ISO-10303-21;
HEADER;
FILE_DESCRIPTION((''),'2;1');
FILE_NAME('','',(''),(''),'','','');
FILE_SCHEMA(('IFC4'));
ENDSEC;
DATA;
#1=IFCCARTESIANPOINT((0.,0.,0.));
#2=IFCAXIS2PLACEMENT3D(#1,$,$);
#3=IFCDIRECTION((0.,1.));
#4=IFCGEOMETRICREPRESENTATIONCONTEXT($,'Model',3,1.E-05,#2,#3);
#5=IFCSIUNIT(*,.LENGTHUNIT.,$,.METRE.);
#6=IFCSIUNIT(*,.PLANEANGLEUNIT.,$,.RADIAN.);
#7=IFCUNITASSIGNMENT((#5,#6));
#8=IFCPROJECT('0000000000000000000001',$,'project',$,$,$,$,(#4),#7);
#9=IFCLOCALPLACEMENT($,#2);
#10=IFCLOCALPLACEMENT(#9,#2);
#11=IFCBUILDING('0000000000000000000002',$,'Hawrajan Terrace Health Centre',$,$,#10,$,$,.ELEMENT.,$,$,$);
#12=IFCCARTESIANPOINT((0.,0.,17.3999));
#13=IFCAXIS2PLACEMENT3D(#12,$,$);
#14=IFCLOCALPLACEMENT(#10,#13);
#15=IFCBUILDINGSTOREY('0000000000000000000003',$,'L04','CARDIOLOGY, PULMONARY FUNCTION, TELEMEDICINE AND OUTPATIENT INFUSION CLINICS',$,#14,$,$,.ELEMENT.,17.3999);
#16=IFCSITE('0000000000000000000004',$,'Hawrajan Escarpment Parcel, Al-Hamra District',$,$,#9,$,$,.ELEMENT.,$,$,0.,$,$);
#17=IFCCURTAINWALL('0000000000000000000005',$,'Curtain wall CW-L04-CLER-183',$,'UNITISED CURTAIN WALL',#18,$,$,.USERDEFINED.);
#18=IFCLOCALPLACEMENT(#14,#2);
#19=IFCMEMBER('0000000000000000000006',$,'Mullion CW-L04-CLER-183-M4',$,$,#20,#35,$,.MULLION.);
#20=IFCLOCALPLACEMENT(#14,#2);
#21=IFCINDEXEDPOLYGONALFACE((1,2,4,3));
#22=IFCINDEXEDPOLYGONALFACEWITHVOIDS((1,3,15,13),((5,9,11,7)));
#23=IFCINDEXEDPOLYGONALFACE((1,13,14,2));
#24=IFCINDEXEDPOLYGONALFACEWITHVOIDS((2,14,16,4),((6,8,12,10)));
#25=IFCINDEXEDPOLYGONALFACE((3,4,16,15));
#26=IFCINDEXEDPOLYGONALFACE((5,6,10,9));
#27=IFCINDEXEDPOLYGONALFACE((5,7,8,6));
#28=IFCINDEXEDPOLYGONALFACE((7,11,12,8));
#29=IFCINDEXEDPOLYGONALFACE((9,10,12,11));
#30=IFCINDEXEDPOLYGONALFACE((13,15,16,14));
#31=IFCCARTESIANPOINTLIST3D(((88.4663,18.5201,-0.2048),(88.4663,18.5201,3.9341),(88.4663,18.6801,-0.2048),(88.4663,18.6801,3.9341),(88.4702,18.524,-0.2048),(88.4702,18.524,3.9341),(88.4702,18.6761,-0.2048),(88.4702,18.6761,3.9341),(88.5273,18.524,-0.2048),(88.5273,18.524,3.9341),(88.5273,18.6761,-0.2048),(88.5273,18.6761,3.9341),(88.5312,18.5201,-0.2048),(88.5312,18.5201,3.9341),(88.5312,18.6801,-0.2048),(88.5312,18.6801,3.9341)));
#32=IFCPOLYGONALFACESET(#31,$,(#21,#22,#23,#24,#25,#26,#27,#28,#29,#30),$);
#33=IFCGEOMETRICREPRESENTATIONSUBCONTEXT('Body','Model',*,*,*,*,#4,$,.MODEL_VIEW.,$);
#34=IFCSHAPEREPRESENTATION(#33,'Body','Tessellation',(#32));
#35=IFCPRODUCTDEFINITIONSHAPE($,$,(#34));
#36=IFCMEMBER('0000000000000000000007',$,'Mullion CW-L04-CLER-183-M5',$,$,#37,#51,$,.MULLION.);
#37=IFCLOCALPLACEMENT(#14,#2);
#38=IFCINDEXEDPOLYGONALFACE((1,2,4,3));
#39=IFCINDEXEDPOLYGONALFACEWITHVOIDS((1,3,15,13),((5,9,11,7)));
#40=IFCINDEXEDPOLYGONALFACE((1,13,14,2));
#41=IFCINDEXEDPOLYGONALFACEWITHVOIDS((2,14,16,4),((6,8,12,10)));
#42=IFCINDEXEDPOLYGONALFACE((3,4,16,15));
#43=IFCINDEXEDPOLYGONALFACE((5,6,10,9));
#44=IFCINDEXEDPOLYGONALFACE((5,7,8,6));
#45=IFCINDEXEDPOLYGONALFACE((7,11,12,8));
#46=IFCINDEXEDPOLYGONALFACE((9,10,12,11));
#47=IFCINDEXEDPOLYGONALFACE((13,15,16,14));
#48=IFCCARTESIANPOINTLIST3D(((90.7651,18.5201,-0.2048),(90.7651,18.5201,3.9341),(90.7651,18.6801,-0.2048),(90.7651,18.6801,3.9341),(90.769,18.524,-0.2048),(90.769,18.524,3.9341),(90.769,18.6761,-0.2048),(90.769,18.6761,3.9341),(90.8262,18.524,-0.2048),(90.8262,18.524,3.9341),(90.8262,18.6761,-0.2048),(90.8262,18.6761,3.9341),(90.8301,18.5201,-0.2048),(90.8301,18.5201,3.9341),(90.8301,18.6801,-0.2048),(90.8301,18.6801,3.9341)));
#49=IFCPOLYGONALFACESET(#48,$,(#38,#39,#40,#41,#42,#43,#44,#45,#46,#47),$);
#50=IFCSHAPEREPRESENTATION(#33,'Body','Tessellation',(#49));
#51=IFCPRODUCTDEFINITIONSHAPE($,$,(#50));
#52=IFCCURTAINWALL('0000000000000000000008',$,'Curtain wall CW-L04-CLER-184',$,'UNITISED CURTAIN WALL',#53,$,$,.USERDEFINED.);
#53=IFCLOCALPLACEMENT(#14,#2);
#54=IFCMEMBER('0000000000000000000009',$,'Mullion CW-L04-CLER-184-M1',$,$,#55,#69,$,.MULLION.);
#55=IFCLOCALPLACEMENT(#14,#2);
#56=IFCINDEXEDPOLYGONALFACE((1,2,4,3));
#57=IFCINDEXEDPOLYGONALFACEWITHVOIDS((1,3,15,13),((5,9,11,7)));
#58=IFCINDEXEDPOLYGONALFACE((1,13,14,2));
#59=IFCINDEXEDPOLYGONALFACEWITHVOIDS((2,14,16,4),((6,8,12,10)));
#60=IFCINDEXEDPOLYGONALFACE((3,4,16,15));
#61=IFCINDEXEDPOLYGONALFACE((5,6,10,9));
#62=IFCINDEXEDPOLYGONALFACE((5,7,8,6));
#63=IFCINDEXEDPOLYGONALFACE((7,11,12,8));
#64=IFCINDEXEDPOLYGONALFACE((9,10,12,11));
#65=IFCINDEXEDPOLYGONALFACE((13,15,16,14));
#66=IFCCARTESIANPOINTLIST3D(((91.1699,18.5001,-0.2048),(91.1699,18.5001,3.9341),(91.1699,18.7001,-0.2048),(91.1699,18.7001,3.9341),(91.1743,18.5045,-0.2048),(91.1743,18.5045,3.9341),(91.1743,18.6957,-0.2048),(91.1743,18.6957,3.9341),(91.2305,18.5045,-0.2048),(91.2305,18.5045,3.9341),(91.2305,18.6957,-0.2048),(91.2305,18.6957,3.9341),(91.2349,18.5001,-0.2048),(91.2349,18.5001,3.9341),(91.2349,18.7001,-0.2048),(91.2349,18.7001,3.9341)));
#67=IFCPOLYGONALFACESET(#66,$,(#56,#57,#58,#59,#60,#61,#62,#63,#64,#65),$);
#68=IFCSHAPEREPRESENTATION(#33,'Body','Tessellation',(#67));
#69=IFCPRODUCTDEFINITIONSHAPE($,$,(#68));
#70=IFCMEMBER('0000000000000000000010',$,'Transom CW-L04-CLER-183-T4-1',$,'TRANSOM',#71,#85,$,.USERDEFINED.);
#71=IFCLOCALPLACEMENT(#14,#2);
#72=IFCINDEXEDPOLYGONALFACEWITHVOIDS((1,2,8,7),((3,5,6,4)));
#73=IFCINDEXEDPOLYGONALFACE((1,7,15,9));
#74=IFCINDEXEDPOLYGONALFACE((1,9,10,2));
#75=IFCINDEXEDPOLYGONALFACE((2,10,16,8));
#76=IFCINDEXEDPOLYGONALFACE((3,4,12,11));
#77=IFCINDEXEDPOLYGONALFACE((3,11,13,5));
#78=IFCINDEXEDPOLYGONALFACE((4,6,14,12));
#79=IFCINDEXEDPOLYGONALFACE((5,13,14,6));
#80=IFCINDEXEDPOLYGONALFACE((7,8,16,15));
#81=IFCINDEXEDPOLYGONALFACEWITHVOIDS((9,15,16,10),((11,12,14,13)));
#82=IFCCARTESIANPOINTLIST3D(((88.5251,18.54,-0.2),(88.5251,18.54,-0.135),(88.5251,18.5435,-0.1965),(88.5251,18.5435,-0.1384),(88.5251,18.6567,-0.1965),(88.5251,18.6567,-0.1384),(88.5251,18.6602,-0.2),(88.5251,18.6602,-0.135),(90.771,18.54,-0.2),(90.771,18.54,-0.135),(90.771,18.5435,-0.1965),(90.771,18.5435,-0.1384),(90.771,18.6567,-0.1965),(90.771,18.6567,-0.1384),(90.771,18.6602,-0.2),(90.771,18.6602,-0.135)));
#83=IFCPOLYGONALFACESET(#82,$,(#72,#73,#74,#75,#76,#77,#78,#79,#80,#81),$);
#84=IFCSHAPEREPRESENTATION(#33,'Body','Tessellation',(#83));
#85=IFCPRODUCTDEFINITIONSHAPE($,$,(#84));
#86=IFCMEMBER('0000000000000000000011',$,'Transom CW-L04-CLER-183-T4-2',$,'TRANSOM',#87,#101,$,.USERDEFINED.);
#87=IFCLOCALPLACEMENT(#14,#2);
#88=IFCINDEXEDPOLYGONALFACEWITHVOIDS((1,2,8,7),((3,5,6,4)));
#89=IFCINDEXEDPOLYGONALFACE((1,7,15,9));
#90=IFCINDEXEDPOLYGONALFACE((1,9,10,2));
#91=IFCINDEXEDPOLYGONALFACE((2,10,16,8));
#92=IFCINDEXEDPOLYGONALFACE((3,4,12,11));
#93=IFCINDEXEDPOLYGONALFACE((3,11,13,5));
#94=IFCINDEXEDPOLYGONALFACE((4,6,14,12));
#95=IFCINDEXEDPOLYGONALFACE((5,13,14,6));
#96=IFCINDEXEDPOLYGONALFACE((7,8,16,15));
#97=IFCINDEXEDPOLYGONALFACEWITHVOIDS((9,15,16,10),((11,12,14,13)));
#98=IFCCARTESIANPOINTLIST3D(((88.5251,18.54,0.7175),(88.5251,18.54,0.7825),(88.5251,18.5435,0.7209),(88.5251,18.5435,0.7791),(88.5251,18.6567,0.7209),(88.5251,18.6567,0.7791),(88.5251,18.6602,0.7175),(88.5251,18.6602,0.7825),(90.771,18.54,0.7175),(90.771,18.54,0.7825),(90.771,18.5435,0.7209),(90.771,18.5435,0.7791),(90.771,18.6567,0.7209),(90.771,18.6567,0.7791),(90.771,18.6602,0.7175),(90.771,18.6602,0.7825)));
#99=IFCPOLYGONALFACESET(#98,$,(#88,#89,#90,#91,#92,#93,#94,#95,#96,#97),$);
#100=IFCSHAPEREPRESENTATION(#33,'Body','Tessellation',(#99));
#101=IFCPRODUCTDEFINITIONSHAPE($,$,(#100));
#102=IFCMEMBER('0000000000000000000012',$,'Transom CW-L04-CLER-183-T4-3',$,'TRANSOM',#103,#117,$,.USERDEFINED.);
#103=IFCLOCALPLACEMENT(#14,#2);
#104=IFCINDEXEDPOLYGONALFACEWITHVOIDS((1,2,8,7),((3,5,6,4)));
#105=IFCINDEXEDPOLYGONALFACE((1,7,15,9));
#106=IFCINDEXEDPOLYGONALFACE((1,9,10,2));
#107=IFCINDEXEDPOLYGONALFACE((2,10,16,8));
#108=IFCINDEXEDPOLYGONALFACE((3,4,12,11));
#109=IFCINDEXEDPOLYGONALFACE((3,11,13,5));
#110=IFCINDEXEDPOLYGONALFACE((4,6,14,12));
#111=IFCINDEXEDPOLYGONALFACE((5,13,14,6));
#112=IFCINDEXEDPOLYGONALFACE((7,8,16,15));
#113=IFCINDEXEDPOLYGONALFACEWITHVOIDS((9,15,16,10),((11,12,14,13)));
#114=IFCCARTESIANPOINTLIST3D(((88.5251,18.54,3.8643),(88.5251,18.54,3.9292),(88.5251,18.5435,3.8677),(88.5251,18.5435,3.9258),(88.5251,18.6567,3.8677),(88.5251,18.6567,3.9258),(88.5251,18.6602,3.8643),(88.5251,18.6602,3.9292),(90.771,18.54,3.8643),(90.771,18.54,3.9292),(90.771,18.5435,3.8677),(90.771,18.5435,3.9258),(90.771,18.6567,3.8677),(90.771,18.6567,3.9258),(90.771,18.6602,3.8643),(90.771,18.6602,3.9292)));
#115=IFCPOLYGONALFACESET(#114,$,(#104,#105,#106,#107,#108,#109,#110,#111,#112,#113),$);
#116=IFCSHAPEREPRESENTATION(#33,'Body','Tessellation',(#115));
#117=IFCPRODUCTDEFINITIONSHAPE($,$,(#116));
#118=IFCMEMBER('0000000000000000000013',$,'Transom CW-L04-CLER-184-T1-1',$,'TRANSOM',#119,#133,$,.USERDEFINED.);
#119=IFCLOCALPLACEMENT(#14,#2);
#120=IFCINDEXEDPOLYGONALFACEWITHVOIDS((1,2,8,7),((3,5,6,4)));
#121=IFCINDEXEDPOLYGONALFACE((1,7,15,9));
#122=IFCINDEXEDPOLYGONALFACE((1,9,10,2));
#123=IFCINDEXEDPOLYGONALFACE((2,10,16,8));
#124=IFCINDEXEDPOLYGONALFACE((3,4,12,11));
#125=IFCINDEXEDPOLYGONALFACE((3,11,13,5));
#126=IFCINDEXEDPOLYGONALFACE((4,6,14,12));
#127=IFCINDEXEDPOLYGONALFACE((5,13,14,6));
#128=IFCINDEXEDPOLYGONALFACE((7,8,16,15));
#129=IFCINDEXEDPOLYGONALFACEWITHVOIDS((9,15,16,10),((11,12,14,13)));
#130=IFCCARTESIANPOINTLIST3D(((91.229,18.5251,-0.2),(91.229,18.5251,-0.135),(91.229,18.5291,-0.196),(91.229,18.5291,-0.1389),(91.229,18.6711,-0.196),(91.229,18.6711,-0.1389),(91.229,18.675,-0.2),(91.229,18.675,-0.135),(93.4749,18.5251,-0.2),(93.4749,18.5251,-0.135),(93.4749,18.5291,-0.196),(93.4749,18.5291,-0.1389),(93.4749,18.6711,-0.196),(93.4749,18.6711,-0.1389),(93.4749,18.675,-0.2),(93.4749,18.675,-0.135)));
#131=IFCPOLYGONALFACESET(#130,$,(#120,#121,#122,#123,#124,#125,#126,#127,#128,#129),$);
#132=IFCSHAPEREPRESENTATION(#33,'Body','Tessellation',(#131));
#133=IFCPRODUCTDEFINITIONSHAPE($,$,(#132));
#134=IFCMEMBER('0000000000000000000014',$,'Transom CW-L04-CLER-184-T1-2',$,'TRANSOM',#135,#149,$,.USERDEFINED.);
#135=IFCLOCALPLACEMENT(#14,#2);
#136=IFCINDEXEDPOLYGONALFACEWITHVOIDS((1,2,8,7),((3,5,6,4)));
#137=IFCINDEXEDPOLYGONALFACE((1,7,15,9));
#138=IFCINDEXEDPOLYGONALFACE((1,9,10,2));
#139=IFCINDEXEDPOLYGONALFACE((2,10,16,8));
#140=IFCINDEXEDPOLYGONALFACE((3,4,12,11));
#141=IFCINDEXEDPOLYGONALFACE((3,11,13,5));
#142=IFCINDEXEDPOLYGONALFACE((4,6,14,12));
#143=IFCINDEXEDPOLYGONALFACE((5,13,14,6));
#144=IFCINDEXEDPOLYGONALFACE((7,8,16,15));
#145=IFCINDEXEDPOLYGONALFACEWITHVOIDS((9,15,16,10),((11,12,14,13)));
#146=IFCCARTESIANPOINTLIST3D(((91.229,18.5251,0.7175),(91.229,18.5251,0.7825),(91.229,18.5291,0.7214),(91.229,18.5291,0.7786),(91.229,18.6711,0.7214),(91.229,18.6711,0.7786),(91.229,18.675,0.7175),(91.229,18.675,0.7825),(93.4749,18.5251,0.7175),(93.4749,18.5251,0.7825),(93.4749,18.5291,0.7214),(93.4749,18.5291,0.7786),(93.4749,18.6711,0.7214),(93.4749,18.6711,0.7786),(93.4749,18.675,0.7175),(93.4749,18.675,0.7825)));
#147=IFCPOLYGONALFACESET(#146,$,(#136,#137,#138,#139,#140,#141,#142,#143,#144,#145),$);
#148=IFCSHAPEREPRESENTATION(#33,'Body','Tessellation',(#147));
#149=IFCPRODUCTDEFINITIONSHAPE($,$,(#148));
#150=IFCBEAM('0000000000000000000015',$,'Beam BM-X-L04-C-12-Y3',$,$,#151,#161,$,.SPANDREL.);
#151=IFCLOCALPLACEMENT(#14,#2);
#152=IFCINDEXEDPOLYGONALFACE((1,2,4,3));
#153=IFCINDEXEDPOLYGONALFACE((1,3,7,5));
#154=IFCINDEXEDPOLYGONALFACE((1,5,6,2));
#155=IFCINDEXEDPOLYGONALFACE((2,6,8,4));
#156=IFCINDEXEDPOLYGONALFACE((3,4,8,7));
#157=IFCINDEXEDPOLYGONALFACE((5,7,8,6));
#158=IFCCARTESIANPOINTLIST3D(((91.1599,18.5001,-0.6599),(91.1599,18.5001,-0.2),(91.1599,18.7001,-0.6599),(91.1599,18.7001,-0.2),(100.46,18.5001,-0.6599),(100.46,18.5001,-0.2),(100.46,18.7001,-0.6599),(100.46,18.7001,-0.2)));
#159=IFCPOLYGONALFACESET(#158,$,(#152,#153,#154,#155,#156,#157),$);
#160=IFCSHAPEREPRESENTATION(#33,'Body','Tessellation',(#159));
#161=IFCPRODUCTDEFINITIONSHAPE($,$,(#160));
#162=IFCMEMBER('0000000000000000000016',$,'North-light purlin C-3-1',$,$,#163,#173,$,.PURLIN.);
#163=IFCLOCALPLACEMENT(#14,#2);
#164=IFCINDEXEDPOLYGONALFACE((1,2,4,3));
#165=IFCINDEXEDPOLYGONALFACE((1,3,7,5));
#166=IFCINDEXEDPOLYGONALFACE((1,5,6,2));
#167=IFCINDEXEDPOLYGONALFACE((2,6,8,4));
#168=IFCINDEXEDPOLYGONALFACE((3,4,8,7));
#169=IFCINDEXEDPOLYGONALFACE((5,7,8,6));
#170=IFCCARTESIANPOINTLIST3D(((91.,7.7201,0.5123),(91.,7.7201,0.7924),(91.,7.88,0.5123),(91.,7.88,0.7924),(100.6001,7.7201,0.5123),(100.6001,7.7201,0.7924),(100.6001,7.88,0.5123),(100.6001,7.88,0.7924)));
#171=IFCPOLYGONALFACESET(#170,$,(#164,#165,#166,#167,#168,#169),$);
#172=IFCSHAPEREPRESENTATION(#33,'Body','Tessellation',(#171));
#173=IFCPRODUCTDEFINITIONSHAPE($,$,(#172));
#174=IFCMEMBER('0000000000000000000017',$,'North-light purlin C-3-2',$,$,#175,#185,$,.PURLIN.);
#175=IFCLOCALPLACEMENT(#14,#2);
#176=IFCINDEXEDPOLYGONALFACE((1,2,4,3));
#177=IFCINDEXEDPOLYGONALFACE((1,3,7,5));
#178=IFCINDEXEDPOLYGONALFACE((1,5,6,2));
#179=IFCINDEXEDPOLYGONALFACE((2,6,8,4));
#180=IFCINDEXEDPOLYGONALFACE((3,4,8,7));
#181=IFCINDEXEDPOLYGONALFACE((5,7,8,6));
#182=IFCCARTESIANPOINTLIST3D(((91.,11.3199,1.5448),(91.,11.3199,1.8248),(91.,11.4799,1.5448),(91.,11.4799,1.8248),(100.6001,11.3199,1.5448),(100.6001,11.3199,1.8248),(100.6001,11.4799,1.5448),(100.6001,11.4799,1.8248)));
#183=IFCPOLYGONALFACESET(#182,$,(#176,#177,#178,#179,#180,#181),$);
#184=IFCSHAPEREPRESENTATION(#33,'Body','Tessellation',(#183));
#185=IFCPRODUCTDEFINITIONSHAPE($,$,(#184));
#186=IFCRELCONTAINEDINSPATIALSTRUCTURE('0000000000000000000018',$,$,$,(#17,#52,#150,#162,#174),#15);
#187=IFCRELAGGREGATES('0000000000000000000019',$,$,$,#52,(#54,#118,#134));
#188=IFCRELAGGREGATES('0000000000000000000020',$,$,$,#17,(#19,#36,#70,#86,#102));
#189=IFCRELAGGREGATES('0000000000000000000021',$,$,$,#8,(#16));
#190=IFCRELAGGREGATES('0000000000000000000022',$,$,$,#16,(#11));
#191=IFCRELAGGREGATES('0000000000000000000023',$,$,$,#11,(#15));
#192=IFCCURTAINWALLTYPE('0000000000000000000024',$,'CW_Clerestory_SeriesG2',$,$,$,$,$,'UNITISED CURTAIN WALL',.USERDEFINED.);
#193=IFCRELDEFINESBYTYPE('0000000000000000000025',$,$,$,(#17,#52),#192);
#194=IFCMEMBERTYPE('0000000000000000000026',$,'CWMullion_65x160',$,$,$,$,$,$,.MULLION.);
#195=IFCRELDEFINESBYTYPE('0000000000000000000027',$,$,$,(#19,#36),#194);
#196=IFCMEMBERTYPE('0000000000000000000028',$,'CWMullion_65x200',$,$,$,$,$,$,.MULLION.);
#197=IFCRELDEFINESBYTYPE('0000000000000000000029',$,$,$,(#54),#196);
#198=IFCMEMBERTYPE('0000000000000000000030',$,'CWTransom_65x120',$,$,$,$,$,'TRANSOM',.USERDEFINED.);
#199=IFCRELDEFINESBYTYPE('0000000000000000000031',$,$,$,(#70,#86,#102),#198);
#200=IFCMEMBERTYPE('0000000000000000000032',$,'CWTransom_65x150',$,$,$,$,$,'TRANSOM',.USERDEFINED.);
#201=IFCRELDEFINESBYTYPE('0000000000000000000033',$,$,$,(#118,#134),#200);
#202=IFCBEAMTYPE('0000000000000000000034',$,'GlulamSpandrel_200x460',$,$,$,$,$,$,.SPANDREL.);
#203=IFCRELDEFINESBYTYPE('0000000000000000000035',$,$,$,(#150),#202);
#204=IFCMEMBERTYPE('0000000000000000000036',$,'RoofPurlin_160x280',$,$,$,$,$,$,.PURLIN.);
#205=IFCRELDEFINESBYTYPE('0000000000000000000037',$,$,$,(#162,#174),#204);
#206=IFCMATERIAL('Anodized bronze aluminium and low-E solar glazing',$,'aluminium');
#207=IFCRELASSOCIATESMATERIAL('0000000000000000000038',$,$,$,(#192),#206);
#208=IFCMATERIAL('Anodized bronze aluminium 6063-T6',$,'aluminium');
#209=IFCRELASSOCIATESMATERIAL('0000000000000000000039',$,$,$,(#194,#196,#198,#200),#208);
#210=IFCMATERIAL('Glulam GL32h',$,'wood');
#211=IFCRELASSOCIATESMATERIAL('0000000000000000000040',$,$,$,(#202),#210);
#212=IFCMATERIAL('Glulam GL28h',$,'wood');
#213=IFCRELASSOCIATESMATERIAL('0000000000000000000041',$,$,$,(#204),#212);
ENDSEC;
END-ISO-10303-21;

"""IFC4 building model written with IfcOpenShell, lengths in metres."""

from ifc_helpers import new_model, si_unit, direction, frame, origin, origin_2d, place, context, subcontext, project, spatial, rectangle, hollow_rectangle, extrude, material, material_profile, profile_set, type_object, element, aggregate, save


model = new_model("IFC4")

# Units and contexts
model_context = context("Model", 3, precision=1e-05, world=origin(), true_north=direction((0.0, 1.0)))
body_context = subcontext(model_context, "Body", "Model", "MODEL_VIEW")
ifc_project = project(units=[si_unit("LENGTHUNIT", "METRE"), si_unit("PLANEANGLEUNIT", "RADIAN")], contexts=[model_context])

# Site, building, storey
site_placement = place(None, origin())
site = spatial("IfcSite", under=ifc_project, at=site_placement, Name="Hawrajan Escarpment Parcel, Al-Hamra District", CompositionType="ELEMENT", RefElevation=0.0)
building_placement = place(site_placement, origin())
building = spatial("IfcBuilding", under=site, at=building_placement, Name="Hawrajan Terrace Health Centre", CompositionType="ELEMENT")
storey_placement = place(building_placement, frame((0.0, 0.0, 17.3999)))
storey = spatial("IfcBuildingStorey", under=building, at=storey_placement, Name="L04", Description="CARDIOLOGY, PULMONARY FUNCTION, TELEMEDICINE AND OUTPATIENT INFUSION CLINICS", CompositionType="ELEMENT", Elevation=17.3999)

# Curtain wall, members
ifc_material_1 = material(Name="Anodized bronze aluminium and low-E solar glazing", Category="aluminium")
curtain_wall_type = type_object("IfcCurtainWallType", Name="CW_Clerestory_SeriesG2", ElementType="UNITISED CURTAIN WALL", PredefinedType="USERDEFINED", material=ifc_material_1)
curtain_wall_1_placement = place(storey_placement, origin())
curtain_wall_1 = element("IfcCurtainWall", 1, at=curtain_wall_1_placement, inside=storey, type_object=curtain_wall_type, Name="Curtain wall CW-L04-CLER-183", ObjectType="UNITISED CURTAIN WALL", PredefinedType="USERDEFINED")
ifc_material_2 = material(Name="Anodized bronze aluminium 6063-T6", Category="aluminium")
ifc_material_profile_1 = material_profile(ifc_material_2, hollow_rectangle(XDim=0.0649, YDim=0.1599, WallThickness=0.0039, at=origin_2d()), Name="CW MUL 65x160")
ifc_profile_set_1 = profile_set([ifc_material_profile_1], Name="Anodized bronze aluminium 6063-T6")
member_type_1 = type_object("IfcMemberType", Name="CWMullion_65x160", PredefinedType="MULLION", material=ifc_profile_set_1)
member_1_placement = place(storey_placement, frame((88.4988, 18.6001, -0.2048), z_axis=(0.0, 0.0, 1.0), x_axis=(1.0, 0.0, 0.0)))
member_1 = element("IfcMember", 2, at=member_1_placement, type_object=member_type_1, Name="Mullion CW-L04-CLER-183-M4", PredefinedType="MULLION", context=body_context, shape_type="SweptSolid", body=[
    extrude(hollow_rectangle(XDim=0.0649, YDim=0.1599, WallThickness=0.0039, at=origin_2d()), origin(), (0.0, 0.0, 1.0), 4.1389),
])
member_2_placement = place(storey_placement, frame((90.7976, 18.6001, -0.2048), z_axis=(0.0, 0.0, 1.0), x_axis=(1.0, 0.0, 0.0)))
member_2 = element("IfcMember", 3, at=member_2_placement, type_object=member_type_1, Name="Mullion CW-L04-CLER-183-M5", PredefinedType="MULLION", context=body_context, shape_type="SweptSolid", body=[
    extrude(hollow_rectangle(XDim=0.0649, YDim=0.1599, WallThickness=0.0039, at=origin_2d()), origin(), (0.0, 0.0, 1.0), 4.1389),
])

# Curtain wall, member
curtain_wall_2_placement = place(storey_placement, origin())
curtain_wall_2 = element("IfcCurtainWall", 4, at=curtain_wall_2_placement, inside=storey, type_object=curtain_wall_type, Name="Curtain wall CW-L04-CLER-184", ObjectType="UNITISED CURTAIN WALL", PredefinedType="USERDEFINED")
ifc_material_profile_2 = material_profile(ifc_material_2, hollow_rectangle(XDim=0.0649, YDim=0.2, WallThickness=0.0044, at=origin_2d()), Name="CW MUL 65x200")
ifc_profile_set_2 = profile_set([ifc_material_profile_2], Name="Anodized bronze aluminium 6063-T6")
member_type_2 = type_object("IfcMemberType", Name="CWMullion_65x200", PredefinedType="MULLION", material=ifc_profile_set_2)
member_3_placement = place(storey_placement, frame((91.2024, 18.6001, -0.2048), z_axis=(0.0, 0.0, 1.0), x_axis=(1.0, 0.0, 0.0)))
member_3 = element("IfcMember", 5, at=member_3_placement, type_object=member_type_2, Name="Mullion CW-L04-CLER-184-M1", PredefinedType="MULLION", context=body_context, shape_type="SweptSolid", body=[
    extrude(hollow_rectangle(XDim=0.0649, YDim=0.2, WallThickness=0.0044, at=origin_2d()), origin(), (0.0, 0.0, 1.0), 4.1389),
])

# Members
ifc_material_profile_3 = material_profile(ifc_material_2, hollow_rectangle(XDim=0.0649, YDim=0.1201, WallThickness=0.0034, at=origin_2d()), Name="CW TRN 65x120")
ifc_profile_set_3 = profile_set([ifc_material_profile_3], Name="Anodized bronze aluminium 6063-T6")
member_type_3 = type_object("IfcMemberType", Name="CWTransom_65x120", ElementType="TRANSOM", PredefinedType="USERDEFINED", material=ifc_profile_set_3)
member_4_placement = place(storey_placement, frame((88.5251, 18.6001, -0.1675), z_axis=(1.0, 0.0, 0.0), x_axis=(0.0, 0.0, 1.0)))
member_4 = element("IfcMember", 6, at=member_4_placement, type_object=member_type_3, Name="Transom CW-L04-CLER-183-T4-1", ObjectType="TRANSOM", PredefinedType="USERDEFINED", context=body_context, shape_type="SweptSolid", body=[
    extrude(hollow_rectangle(XDim=0.0649, YDim=0.1201, WallThickness=0.0034, at=origin_2d()), origin(), (0.0, 0.0, 1.0), 2.2458),
])
member_5_placement = place(storey_placement, frame((88.5251, 18.6001, 0.75), z_axis=(1.0, 0.0, 0.0), x_axis=(0.0, 0.0, 1.0)))
member_5 = element("IfcMember", 7, at=member_5_placement, type_object=member_type_3, Name="Transom CW-L04-CLER-183-T4-2", ObjectType="TRANSOM", PredefinedType="USERDEFINED", context=body_context, shape_type="SweptSolid", body=[
    extrude(hollow_rectangle(XDim=0.0649, YDim=0.1201, WallThickness=0.0034, at=origin_2d()), origin(), (0.0, 0.0, 1.0), 2.2458),
])
member_6_placement = place(storey_placement, frame((88.5251, 18.6001, 3.8967), z_axis=(1.0, 0.0, 0.0), x_axis=(0.0, 0.0, 1.0)))
member_6 = element("IfcMember", 8, at=member_6_placement, type_object=member_type_3, Name="Transom CW-L04-CLER-183-T4-3", ObjectType="TRANSOM", PredefinedType="USERDEFINED", context=body_context, shape_type="SweptSolid", body=[
    extrude(hollow_rectangle(XDim=0.0649, YDim=0.1201, WallThickness=0.0034, at=origin_2d()), origin(), (0.0, 0.0, 1.0), 2.2458),
])
ifc_material_profile_4 = material_profile(ifc_material_2, hollow_rectangle(XDim=0.0649, YDim=0.1499, WallThickness=0.0039, at=origin_2d()), Name="CW TRN 65x150")
ifc_profile_set_4 = profile_set([ifc_material_profile_4], Name="Anodized bronze aluminium 6063-T6")
member_type_4 = type_object("IfcMemberType", Name="CWTransom_65x150", ElementType="TRANSOM", PredefinedType="USERDEFINED", material=ifc_profile_set_4)
member_7_placement = place(storey_placement, frame((91.229, 18.6001, -0.1675), z_axis=(1.0, 0.0, 0.0), x_axis=(0.0, 0.0, 1.0)))
member_7 = element("IfcMember", 9, at=member_7_placement, type_object=member_type_4, Name="Transom CW-L04-CLER-184-T1-1", ObjectType="TRANSOM", PredefinedType="USERDEFINED", context=body_context, shape_type="SweptSolid", body=[
    extrude(hollow_rectangle(XDim=0.0649, YDim=0.1499, WallThickness=0.0039, at=origin_2d()), origin(), (0.0, 0.0, 1.0), 2.2458),
])
member_8_placement = place(storey_placement, frame((91.229, 18.6001, 0.75), z_axis=(1.0, 0.0, 0.0), x_axis=(0.0, 0.0, 1.0)))
member_8 = element("IfcMember", 10, at=member_8_placement, type_object=member_type_4, Name="Transom CW-L04-CLER-184-T1-2", ObjectType="TRANSOM", PredefinedType="USERDEFINED", context=body_context, shape_type="SweptSolid", body=[
    extrude(hollow_rectangle(XDim=0.0649, YDim=0.1499, WallThickness=0.0039, at=origin_2d()), origin(), (0.0, 0.0, 1.0), 2.2458),
])
aggregate(curtain_wall_2, [member_3, member_7, member_8])

# Beam
ifc_material_3 = material(Name="Glulam GL32h", Category="wood")
ifc_material_profile_5 = material_profile(ifc_material_3, rectangle(XDim=0.2, YDim=0.46, at=origin_2d()), Name="GL SP 200x460")
ifc_profile_set_5 = profile_set([ifc_material_profile_5], Name="Glulam GL32h")
beam_type_1 = type_object("IfcBeamType", Name="GlulamSpandrel_200x460", PredefinedType="SPANDREL", material=ifc_profile_set_5)
beam_1_placement = place(storey_placement, frame((91.1599, 18.6001, -0.4299), z_axis=(1.0, 0.0, 0.0), x_axis=(0.0, 1.0, 0.0)))
element("IfcBeam", 11, at=beam_1_placement, inside=storey, type_object=beam_type_1, Name="Beam BM-X-L04-C-12-Y3", PredefinedType="SPANDREL", context=body_context, shape_type="SweptSolid", body=[
    extrude(rectangle(XDim=0.2, YDim=0.46, at=origin_2d()), origin(), (0.0, 0.0, 1.0), 9.3),
])

# Members
ifc_material_4 = material(Name="Glulam GL28h", Category="wood")
ifc_material_profile_6 = material_profile(ifc_material_4, rectangle(XDim=0.1599, YDim=0.28, at=origin_2d()), Name="GL PUR 160x280")
ifc_profile_set_6 = profile_set([ifc_material_profile_6], Name="Glulam GL28h")
member_type_5 = type_object("IfcMemberType", Name="RoofPurlin_160x280", PredefinedType="PURLIN", material=ifc_profile_set_6)
for number, where, z_axis, x_axis, name in (
    (12, (91.0, 7.8, 0.6523), (1.0, 0.0, 0.0), (0.0, 1.0, 0.0), "North-light purlin C-3-1"),
    (13, (91.0, 11.3999, 1.6848), (1.0, 0.0, 0.0), (0.0, 1.0, 0.0), "North-light purlin C-3-2"),
):
    element("IfcMember", number, at=place(storey_placement, frame(where, z_axis=z_axis, x_axis=x_axis)), inside=storey, type_object=member_type_5, Name=name, PredefinedType="PURLIN", context=body_context, shape_type="SweptSolid", body=[
        extrude(rectangle(XDim=0.1599, YDim=0.28, at=origin_2d()), origin(), (0.0, 0.0, 1.0), 9.6001),
    ])

aggregate(curtain_wall_1, [member_1, member_2, member_4, member_5, member_6])

save(model, "model.ifc")
